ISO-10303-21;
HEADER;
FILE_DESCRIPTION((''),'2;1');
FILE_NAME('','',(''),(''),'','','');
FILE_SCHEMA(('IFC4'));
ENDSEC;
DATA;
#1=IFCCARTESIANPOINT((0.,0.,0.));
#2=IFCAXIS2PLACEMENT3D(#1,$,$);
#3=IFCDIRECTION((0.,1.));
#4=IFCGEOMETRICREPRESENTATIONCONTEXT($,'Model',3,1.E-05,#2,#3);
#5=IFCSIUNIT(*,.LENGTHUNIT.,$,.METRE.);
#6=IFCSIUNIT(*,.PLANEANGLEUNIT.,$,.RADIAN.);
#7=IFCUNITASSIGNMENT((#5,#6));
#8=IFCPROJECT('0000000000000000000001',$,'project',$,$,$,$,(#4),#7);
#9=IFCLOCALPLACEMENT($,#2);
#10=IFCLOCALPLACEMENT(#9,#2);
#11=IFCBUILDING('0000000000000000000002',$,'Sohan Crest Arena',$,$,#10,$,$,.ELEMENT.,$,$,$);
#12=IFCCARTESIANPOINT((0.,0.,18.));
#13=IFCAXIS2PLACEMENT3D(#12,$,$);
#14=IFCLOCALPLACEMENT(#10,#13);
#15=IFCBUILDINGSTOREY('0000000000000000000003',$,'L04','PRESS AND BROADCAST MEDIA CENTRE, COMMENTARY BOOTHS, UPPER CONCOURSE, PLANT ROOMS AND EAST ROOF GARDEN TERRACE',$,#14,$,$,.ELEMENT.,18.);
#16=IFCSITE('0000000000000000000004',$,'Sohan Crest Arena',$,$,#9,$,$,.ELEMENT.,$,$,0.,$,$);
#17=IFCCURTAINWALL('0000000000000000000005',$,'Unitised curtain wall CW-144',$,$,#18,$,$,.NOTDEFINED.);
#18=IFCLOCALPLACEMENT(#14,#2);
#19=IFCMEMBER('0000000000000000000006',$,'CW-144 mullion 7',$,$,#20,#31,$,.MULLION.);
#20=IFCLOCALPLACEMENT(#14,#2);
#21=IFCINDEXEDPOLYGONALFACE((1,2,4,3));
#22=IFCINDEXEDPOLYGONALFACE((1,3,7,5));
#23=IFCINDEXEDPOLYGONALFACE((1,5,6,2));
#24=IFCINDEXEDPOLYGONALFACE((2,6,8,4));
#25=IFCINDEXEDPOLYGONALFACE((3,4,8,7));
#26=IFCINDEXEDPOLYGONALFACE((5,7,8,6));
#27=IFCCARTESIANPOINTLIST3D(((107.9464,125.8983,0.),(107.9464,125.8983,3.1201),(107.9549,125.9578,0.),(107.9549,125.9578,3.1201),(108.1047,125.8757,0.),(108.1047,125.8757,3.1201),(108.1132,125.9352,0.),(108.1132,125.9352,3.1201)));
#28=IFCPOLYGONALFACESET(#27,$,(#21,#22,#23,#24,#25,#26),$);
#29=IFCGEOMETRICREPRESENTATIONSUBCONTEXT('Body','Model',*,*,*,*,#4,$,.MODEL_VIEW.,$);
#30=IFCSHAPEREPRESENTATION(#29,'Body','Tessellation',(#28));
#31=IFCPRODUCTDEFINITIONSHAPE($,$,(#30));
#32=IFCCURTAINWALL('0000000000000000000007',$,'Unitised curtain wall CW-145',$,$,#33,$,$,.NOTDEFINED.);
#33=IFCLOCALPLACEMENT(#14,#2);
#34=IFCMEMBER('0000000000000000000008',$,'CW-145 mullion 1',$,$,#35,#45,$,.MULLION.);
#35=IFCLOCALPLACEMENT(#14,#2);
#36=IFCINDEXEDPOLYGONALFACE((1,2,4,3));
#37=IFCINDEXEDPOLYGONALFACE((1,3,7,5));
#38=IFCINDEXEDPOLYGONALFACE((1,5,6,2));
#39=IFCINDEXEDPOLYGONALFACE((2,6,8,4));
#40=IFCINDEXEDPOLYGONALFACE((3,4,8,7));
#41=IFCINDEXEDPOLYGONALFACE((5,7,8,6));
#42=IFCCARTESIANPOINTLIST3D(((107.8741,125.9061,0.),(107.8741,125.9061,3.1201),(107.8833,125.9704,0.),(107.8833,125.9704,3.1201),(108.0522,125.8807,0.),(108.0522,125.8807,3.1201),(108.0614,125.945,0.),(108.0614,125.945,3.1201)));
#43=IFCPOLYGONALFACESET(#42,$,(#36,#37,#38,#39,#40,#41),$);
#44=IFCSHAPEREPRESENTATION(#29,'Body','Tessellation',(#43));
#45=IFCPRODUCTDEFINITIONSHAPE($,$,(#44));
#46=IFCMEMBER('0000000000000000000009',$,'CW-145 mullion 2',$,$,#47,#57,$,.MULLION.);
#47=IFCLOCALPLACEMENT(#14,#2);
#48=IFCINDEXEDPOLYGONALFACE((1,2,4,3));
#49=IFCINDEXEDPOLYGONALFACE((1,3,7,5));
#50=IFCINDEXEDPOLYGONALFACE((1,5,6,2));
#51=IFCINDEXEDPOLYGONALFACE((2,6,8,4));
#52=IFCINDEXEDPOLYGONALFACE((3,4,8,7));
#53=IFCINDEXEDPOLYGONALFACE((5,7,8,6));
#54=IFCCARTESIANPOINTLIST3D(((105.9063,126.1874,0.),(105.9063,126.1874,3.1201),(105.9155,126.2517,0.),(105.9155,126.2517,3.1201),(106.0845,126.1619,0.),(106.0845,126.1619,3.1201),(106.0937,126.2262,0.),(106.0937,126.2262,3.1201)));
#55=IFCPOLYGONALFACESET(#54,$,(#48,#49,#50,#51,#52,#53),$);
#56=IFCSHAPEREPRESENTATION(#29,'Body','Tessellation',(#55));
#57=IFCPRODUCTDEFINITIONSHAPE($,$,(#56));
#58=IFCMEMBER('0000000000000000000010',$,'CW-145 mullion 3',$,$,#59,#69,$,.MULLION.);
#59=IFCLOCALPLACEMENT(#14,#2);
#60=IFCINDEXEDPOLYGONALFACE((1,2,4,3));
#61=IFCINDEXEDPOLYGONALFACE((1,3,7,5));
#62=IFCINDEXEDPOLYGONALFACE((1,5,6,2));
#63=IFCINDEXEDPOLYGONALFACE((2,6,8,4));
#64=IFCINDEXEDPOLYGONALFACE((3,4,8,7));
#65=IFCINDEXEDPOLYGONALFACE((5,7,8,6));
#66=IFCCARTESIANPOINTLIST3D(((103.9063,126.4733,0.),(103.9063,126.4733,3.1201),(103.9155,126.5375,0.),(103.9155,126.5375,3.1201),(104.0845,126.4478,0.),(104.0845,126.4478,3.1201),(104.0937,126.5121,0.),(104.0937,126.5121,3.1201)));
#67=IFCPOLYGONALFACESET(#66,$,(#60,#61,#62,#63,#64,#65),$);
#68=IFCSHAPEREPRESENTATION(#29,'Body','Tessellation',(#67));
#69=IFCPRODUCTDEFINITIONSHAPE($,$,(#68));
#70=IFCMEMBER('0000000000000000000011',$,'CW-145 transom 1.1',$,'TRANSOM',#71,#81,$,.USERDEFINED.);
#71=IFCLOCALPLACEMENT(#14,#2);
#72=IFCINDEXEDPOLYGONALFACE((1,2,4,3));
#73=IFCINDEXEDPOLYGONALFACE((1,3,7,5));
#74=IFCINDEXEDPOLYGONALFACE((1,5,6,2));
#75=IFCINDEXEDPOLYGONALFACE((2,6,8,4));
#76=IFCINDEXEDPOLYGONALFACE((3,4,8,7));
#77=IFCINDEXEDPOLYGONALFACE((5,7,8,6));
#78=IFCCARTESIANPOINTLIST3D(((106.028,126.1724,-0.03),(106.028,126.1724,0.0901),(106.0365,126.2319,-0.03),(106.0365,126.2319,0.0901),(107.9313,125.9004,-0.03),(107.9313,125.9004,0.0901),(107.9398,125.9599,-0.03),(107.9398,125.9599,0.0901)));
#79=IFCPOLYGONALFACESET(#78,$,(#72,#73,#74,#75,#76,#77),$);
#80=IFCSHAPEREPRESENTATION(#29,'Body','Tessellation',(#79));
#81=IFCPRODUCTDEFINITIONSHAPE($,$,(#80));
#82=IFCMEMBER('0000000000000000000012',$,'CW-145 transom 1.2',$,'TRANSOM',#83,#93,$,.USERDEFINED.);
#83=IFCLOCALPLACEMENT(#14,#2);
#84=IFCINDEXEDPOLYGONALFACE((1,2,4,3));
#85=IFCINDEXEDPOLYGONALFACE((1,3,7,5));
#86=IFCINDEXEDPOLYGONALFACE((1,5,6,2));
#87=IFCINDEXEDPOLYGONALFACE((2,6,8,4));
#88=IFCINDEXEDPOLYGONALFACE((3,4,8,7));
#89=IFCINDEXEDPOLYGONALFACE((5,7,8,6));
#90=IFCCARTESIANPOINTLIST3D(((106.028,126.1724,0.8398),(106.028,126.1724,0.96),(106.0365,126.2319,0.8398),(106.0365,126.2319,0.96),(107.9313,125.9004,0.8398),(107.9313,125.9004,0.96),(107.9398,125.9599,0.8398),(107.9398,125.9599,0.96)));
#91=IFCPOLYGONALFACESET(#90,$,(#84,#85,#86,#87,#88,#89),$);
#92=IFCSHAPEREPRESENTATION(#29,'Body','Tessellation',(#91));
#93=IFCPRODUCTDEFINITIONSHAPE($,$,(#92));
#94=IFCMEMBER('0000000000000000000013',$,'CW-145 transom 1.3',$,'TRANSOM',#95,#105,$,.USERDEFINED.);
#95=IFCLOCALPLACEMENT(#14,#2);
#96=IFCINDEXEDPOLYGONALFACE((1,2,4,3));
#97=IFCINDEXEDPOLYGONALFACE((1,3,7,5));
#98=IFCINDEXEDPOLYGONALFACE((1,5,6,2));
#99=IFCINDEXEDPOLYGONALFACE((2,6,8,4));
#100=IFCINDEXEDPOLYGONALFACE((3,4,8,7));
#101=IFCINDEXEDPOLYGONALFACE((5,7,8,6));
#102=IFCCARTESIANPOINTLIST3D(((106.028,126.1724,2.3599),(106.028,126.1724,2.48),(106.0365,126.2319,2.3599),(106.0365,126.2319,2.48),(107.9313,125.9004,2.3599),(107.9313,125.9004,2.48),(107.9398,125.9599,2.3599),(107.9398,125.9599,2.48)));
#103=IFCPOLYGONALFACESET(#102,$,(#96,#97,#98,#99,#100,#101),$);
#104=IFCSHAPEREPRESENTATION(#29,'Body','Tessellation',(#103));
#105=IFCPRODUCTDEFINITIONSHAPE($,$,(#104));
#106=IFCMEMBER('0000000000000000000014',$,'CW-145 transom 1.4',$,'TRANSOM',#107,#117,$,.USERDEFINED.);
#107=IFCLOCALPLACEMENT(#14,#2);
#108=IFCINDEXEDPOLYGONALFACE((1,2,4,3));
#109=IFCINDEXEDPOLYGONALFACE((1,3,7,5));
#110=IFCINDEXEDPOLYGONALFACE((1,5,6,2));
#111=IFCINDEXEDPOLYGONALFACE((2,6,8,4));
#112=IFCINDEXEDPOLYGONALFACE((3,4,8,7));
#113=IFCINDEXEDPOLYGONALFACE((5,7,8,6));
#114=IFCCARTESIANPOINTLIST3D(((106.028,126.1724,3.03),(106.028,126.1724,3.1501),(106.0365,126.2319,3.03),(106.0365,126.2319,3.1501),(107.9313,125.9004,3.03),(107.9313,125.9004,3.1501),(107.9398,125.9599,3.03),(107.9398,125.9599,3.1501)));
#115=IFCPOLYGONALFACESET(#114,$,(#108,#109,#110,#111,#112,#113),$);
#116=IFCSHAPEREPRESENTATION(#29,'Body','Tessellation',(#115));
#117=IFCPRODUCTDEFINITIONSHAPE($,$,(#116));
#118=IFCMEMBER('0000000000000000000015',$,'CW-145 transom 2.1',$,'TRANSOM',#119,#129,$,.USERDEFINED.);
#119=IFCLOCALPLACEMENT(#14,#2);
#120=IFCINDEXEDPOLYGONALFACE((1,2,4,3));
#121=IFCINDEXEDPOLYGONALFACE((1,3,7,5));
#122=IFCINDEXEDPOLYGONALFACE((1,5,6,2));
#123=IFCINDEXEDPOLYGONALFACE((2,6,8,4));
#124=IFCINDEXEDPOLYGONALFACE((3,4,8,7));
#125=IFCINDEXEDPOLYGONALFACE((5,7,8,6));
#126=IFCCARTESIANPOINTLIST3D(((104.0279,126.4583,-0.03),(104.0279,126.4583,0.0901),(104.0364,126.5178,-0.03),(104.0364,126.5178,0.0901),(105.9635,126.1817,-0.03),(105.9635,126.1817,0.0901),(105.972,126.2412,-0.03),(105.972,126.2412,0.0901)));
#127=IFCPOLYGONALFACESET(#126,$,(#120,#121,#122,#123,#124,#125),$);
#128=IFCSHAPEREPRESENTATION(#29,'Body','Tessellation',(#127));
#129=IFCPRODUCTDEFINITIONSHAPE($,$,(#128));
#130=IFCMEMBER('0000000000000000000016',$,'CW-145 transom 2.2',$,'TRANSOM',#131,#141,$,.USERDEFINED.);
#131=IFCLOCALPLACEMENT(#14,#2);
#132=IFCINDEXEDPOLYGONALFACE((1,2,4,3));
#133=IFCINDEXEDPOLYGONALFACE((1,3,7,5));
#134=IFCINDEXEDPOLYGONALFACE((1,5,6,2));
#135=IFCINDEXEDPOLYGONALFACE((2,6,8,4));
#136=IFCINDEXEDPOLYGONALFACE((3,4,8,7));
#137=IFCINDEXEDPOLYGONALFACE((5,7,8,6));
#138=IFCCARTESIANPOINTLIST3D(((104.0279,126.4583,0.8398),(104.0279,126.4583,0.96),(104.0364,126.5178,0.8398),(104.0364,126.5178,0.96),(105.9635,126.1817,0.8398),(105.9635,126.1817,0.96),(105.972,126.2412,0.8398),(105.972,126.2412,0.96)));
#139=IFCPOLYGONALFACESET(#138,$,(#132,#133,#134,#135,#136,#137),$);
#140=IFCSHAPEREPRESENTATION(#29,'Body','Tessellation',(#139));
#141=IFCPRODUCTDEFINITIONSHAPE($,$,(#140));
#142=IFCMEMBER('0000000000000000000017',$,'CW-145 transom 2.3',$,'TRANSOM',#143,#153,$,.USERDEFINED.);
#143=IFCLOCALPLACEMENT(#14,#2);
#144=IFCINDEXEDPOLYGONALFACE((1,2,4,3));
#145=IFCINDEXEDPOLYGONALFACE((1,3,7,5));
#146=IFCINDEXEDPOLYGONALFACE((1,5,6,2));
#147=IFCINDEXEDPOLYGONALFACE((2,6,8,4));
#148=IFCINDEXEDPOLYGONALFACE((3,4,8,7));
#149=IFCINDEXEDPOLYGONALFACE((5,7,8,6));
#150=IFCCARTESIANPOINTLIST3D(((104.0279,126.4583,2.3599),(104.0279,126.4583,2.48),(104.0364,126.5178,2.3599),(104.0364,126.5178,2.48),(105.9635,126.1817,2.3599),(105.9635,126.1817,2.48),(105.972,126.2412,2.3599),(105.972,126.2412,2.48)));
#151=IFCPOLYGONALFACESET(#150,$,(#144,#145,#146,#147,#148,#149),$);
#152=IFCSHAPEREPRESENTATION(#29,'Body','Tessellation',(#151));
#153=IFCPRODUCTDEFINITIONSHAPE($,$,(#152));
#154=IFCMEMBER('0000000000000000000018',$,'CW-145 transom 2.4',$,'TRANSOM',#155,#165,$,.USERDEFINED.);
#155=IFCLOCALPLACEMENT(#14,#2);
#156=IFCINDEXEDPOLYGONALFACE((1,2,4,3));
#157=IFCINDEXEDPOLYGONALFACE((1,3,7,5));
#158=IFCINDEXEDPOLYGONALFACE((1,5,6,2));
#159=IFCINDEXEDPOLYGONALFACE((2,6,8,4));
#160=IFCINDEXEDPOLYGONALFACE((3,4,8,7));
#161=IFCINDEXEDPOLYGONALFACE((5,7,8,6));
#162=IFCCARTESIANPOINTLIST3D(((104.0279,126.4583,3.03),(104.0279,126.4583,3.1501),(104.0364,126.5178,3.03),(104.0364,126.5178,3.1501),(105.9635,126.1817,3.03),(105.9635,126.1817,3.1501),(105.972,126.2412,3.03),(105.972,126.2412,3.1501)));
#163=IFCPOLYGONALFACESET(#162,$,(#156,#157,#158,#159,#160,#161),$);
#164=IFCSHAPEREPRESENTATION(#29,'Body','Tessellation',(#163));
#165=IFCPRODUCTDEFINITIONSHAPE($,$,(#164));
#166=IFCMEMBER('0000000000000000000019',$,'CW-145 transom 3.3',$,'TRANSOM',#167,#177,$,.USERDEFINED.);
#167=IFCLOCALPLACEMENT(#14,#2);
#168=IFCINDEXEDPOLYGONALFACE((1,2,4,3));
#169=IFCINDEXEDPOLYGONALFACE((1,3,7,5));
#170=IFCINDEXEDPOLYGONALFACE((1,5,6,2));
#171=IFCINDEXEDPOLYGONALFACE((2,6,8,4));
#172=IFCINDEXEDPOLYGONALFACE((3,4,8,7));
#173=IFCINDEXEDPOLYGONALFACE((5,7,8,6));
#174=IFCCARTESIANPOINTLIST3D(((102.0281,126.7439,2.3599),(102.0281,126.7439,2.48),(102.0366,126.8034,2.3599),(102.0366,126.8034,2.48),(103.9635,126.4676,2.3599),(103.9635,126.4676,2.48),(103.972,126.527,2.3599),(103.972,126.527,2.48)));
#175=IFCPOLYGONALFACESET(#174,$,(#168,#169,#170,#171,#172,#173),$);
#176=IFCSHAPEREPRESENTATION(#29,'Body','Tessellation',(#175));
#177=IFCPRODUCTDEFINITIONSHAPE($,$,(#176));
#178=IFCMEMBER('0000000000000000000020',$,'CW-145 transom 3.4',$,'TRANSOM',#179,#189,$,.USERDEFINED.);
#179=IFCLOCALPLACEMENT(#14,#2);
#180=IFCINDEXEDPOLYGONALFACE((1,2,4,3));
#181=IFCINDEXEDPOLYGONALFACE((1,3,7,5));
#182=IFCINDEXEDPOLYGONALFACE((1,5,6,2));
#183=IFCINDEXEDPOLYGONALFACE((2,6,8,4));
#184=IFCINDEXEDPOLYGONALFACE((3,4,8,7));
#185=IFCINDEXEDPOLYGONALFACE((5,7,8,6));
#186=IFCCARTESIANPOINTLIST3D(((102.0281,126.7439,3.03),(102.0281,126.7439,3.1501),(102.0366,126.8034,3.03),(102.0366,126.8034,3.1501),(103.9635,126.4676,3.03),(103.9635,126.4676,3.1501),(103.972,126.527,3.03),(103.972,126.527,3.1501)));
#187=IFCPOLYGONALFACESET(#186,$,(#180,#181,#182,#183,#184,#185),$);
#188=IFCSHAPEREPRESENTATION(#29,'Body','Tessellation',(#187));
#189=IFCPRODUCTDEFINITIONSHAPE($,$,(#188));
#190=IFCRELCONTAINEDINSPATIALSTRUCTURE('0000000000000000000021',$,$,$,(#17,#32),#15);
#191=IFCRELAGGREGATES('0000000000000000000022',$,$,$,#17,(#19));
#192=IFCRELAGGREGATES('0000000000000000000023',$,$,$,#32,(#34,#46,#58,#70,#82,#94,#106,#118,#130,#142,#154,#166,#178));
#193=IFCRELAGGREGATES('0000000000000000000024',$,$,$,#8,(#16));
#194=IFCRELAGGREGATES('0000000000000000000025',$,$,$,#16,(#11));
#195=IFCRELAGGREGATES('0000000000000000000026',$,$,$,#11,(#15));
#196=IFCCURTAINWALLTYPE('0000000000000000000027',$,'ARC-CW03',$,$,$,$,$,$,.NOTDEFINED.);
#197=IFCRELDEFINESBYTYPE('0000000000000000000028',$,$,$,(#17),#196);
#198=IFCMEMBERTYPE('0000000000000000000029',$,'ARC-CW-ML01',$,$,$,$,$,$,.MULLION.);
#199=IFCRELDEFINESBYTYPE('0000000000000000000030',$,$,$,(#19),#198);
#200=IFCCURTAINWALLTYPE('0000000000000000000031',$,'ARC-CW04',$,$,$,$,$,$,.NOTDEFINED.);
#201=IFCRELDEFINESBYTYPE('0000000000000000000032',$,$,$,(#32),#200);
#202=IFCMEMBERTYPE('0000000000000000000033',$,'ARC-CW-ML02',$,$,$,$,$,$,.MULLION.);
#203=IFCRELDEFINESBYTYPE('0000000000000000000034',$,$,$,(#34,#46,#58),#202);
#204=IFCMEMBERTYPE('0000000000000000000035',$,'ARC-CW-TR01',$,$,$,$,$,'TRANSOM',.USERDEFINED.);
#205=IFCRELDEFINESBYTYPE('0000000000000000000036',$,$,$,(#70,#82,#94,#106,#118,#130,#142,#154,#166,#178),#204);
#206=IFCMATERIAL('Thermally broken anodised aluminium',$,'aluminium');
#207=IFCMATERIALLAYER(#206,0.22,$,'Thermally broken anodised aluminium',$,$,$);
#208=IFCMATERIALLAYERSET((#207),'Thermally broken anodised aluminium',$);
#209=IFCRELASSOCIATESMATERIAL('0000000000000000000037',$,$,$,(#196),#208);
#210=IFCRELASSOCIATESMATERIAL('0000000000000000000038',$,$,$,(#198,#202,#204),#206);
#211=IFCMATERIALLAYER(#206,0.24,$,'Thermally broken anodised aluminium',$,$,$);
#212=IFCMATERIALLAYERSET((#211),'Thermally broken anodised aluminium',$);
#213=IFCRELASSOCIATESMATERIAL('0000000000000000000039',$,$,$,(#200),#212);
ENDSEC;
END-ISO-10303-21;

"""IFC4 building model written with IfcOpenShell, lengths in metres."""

from ifc_helpers import new_model, si_unit, direction, frame, origin, origin_2d, place, context, subcontext, project, spatial, rectangle, extrude, material, layer, layer_set, material_profile, profile_set, type_object, element, aggregate, save


model = new_model("IFC4")

# Units and contexts
model_context = context("Model", 3, precision=1e-05, world=origin(), true_north=direction((0.0, 1.0)))
body_context = subcontext(model_context, "Body", "Model", "MODEL_VIEW")
ifc_project = project(units=[si_unit("LENGTHUNIT", "METRE"), si_unit("PLANEANGLEUNIT", "RADIAN")], contexts=[model_context])

# Site, building, storey
site_placement = place(None, origin())
site = spatial("IfcSite", under=ifc_project, at=site_placement, Name="Sohan Crest Arena", CompositionType="ELEMENT", RefElevation=0.0)
building_placement = place(site_placement, origin())
building = spatial("IfcBuilding", under=site, at=building_placement, Name="Sohan Crest Arena", CompositionType="ELEMENT")
storey_placement = place(building_placement, frame((0.0, 0.0, 18.0)))
storey = spatial("IfcBuildingStorey", under=building, at=storey_placement, Name="L04", Description="PRESS AND BROADCAST MEDIA CENTRE, COMMENTARY BOOTHS, UPPER CONCOURSE, PLANT ROOMS AND EAST ROOF GARDEN TERRACE", CompositionType="ELEMENT", Elevation=18.0)

# Curtain wall, member
ifc_material_1 = material(Name="Thermally broken anodised aluminium", Category="aluminium")
ifc_layer_1 = layer(ifc_material_1, 0.22, Name="Thermally broken anodised aluminium")
ifc_layer_set_1 = layer_set([ifc_layer_1], Name="Thermally broken anodised aluminium")
curtain_wall_type_1 = type_object("IfcCurtainWallType", Name="ARC-CW03", PredefinedType="NOTDEFINED", material=ifc_layer_set_1)
curtain_wall_1_placement = place(storey_placement, origin())
curtain_wall_1 = element("IfcCurtainWall", 1, at=curtain_wall_1_placement, inside=storey, type_object=curtain_wall_type_1, Name="Unitised curtain wall CW-144", PredefinedType="NOTDEFINED")
ifc_material_profile_1 = material_profile(ifc_material_1, rectangle(XDim=0.0601, YDim=0.1599, at=origin_2d()), Name="ALU-MULL 60x160")
ifc_profile_set_1 = profile_set([ifc_material_profile_1], Name="Thermally broken anodised aluminium")
member_type_1 = type_object("IfcMemberType", Name="ARC-CW-ML01", PredefinedType="MULLION", material=ifc_profile_set_1)
member_1_placement = place(storey_placement, frame((108.0298, 125.9167, 0.0), z_axis=(0.0, 0.0, 1.0), x_axis=(-0.141366, -0.989957, 0.0)))
member_1 = element("IfcMember", 2, at=member_1_placement, type_object=member_type_1, Name="CW-144 mullion 7", PredefinedType="MULLION", context=body_context, shape_type="SweptSolid", body=[
    extrude(rectangle(XDim=0.0601, YDim=0.1599, at=origin_2d()), origin(), (0.0, 0.0, 1.0), 3.1201),
])

# Curtain wall, members
ifc_layer_2 = layer(ifc_material_1, 0.24, Name="Thermally broken anodised aluminium")
ifc_layer_set_2 = layer_set([ifc_layer_2], Name="Thermally broken anodised aluminium")
curtain_wall_type_2 = type_object("IfcCurtainWallType", Name="ARC-CW04", PredefinedType="NOTDEFINED", material=ifc_layer_set_2)
curtain_wall_2_placement = place(storey_placement, origin())
curtain_wall_2 = element("IfcCurtainWall", 3, at=curtain_wall_2_placement, inside=storey, type_object=curtain_wall_type_2, Name="Unitised curtain wall CW-145", PredefinedType="NOTDEFINED")
ifc_material_profile_2 = material_profile(ifc_material_1, rectangle(XDim=0.0649, YDim=0.1799, at=origin_2d()), Name="ALU-MULL 65x180")
ifc_profile_set_2 = profile_set([ifc_material_profile_2], Name="Thermally broken anodised aluminium")
member_type_2 = type_object("IfcMemberType", Name="ARC-CW-ML02", PredefinedType="MULLION", material=ifc_profile_set_2)
member_2_placement = place(storey_placement, frame((107.9678, 125.9255, 0.0), z_axis=(0.0, 0.0, 1.0), x_axis=(-0.141463, -0.989944, 0.0)))
member_2 = element("IfcMember", 4, at=member_2_placement, type_object=member_type_2, Name="CW-145 mullion 1", PredefinedType="MULLION", context=body_context, shape_type="SweptSolid", body=[
    extrude(rectangle(XDim=0.0649, YDim=0.1799, at=origin_2d()), origin(), (0.0, 0.0, 1.0), 3.1201),
])
member_3_placement = place(storey_placement, frame((106.0, 126.2068, 0.0), z_axis=(0.0, 0.0, 1.0), x_axis=(-0.141463, -0.989944, 0.0)))
member_3 = element("IfcMember", 5, at=member_3_placement, type_object=member_type_2, Name="CW-145 mullion 2", PredefinedType="MULLION", context=body_context, shape_type="SweptSolid", body=[
    extrude(rectangle(XDim=0.0649, YDim=0.1799, at=origin_2d()), origin(), (0.0, 0.0, 1.0), 3.1201),
])
member_4_placement = place(storey_placement, frame((104.0, 126.4927, 0.0), z_axis=(0.0, 0.0, 1.0), x_axis=(-0.141463, -0.989944, 0.0)))
member_4 = element("IfcMember", 6, at=member_4_placement, type_object=member_type_2, Name="CW-145 mullion 3", PredefinedType="MULLION", context=body_context, shape_type="SweptSolid", body=[
    extrude(rectangle(XDim=0.0649, YDim=0.1799, at=origin_2d()), origin(), (0.0, 0.0, 1.0), 3.1201),
])
ifc_material_profile_3 = material_profile(ifc_material_1, rectangle(XDim=0.0601, YDim=0.1201, at=origin_2d()), Name="ALU-TRAN 60x120")
ifc_profile_set_3 = profile_set([ifc_material_profile_3], Name="Thermally broken anodised aluminium")
member_type_3 = type_object("IfcMemberType", Name="ARC-CW-TR01", ElementType="TRANSOM", PredefinedType="USERDEFINED", material=ifc_profile_set_3)
member_5_placement = place(storey_placement, frame((107.9355, 125.9302, 0.03), z_axis=(-0.989944, 0.141457, 0.0), x_axis=(-0.141457, -0.989944, 0.0)))
member_5 = element("IfcMember", 7, at=member_5_placement, type_object=member_type_3, Name="CW-145 transom 1.1", ObjectType="TRANSOM", PredefinedType="USERDEFINED", context=body_context, shape_type="SweptSolid", body=[
    extrude(rectangle(XDim=0.0601, YDim=0.1201, at=origin_2d()), origin(), (0.0, 0.0, 1.0), 1.9226),
])
member_6_placement = place(storey_placement, frame((107.9355, 125.9302, 0.8999), z_axis=(-0.989944, 0.141457, 0.0), x_axis=(-0.141457, -0.989944, 0.0)))
member_6 = element("IfcMember", 8, at=member_6_placement, type_object=member_type_3, Name="CW-145 transom 1.2", ObjectType="TRANSOM", PredefinedType="USERDEFINED", context=body_context, shape_type="SweptSolid", body=[
    extrude(rectangle(XDim=0.0601, YDim=0.1201, at=origin_2d()), origin(), (0.0, 0.0, 1.0), 1.9226),
])
member_7_placement = place(storey_placement, frame((107.9355, 125.9302, 2.4199), z_axis=(-0.989944, 0.141457, 0.0), x_axis=(-0.141457, -0.989944, 0.0)))
member_7 = element("IfcMember", 9, at=member_7_placement, type_object=member_type_3, Name="CW-145 transom 1.3", ObjectType="TRANSOM", PredefinedType="USERDEFINED", context=body_context, shape_type="SweptSolid", body=[
    extrude(rectangle(XDim=0.0601, YDim=0.1201, at=origin_2d()), origin(), (0.0, 0.0, 1.0), 1.9226),
])
member_8_placement = place(storey_placement, frame((107.9355, 125.9302, 3.0901), z_axis=(-0.989944, 0.141457, 0.0), x_axis=(-0.141457, -0.989944, 0.0)))
member_8 = element("IfcMember", 10, at=member_8_placement, type_object=member_type_3, Name="CW-145 transom 1.4", ObjectType="TRANSOM", PredefinedType="USERDEFINED", context=body_context, shape_type="SweptSolid", body=[
    extrude(rectangle(XDim=0.0601, YDim=0.1201, at=origin_2d()), origin(), (0.0, 0.0, 1.0), 1.9226),
])
member_9_placement = place(storey_placement, frame((105.9678, 126.2114, 0.03), z_axis=(-0.989942, 0.141474, 0.0), x_axis=(-0.141474, -0.989942, 0.0)))
member_9 = element("IfcMember", 11, at=member_9_placement, type_object=member_type_3, Name="CW-145 transom 2.1", ObjectType="TRANSOM", PredefinedType="USERDEFINED", context=body_context, shape_type="SweptSolid", body=[
    extrude(rectangle(XDim=0.0601, YDim=0.1201, at=origin_2d()), origin(), (0.0, 0.0, 1.0), 1.9553),
])
member_10_placement = place(storey_placement, frame((105.9678, 126.2114, 0.8999), z_axis=(-0.989942, 0.141474, 0.0), x_axis=(-0.141474, -0.989942, 0.0)))
member_10 = element("IfcMember", 12, at=member_10_placement, type_object=member_type_3, Name="CW-145 transom 2.2", ObjectType="TRANSOM", PredefinedType="USERDEFINED", context=body_context, shape_type="SweptSolid", body=[
    extrude(rectangle(XDim=0.0601, YDim=0.1201, at=origin_2d()), origin(), (0.0, 0.0, 1.0), 1.9553),
])
member_11_placement = place(storey_placement, frame((105.9678, 126.2114, 2.4199), z_axis=(-0.989942, 0.141474, 0.0), x_axis=(-0.141474, -0.989942, 0.0)))
member_11 = element("IfcMember", 13, at=member_11_placement, type_object=member_type_3, Name="CW-145 transom 2.3", ObjectType="TRANSOM", PredefinedType="USERDEFINED", context=body_context, shape_type="SweptSolid", body=[
    extrude(rectangle(XDim=0.0601, YDim=0.1201, at=origin_2d()), origin(), (0.0, 0.0, 1.0), 1.9553),
])
member_12_placement = place(storey_placement, frame((105.9678, 126.2114, 3.0901), z_axis=(-0.989942, 0.141474, 0.0), x_axis=(-0.141474, -0.989942, 0.0)))
member_12 = element("IfcMember", 14, at=member_12_placement, type_object=member_type_3, Name="CW-145 transom 2.4", ObjectType="TRANSOM", PredefinedType="USERDEFINED", context=body_context, shape_type="SweptSolid", body=[
    extrude(rectangle(XDim=0.0601, YDim=0.1201, at=origin_2d()), origin(), (0.0, 0.0, 1.0), 1.9553),
])
member_13_placement = place(storey_placement, frame((103.9678, 126.4973, 2.4199), z_axis=(-0.989959, 0.141351, 0.0), x_axis=(-0.141351, -0.989959, 0.0)))
member_13 = element("IfcMember", 15, at=member_13_placement, type_object=member_type_3, Name="CW-145 transom 3.3", ObjectType="TRANSOM", PredefinedType="USERDEFINED", context=body_context, shape_type="SweptSolid", body=[
    extrude(rectangle(XDim=0.0601, YDim=0.1201, at=origin_2d()), origin(), (0.0, 0.0, 1.0), 1.9551),
])
member_14_placement = place(storey_placement, frame((103.9678, 126.4973, 3.0901), z_axis=(-0.989959, 0.141351, 0.0), x_axis=(-0.141351, -0.989959, 0.0)))
member_14 = element("IfcMember", 16, at=member_14_placement, type_object=member_type_3, Name="CW-145 transom 3.4", ObjectType="TRANSOM", PredefinedType="USERDEFINED", context=body_context, shape_type="SweptSolid", body=[
    extrude(rectangle(XDim=0.0601, YDim=0.1201, at=origin_2d()), origin(), (0.0, 0.0, 1.0), 1.9551),
])

aggregate(curtain_wall_1, [member_1])
aggregate(curtain_wall_2, [member_2, member_3, member_4, member_5, member_6, member_7, member_8, member_9, member_10, member_11, member_12, member_13, member_14])

save(model, "model.ifc")
